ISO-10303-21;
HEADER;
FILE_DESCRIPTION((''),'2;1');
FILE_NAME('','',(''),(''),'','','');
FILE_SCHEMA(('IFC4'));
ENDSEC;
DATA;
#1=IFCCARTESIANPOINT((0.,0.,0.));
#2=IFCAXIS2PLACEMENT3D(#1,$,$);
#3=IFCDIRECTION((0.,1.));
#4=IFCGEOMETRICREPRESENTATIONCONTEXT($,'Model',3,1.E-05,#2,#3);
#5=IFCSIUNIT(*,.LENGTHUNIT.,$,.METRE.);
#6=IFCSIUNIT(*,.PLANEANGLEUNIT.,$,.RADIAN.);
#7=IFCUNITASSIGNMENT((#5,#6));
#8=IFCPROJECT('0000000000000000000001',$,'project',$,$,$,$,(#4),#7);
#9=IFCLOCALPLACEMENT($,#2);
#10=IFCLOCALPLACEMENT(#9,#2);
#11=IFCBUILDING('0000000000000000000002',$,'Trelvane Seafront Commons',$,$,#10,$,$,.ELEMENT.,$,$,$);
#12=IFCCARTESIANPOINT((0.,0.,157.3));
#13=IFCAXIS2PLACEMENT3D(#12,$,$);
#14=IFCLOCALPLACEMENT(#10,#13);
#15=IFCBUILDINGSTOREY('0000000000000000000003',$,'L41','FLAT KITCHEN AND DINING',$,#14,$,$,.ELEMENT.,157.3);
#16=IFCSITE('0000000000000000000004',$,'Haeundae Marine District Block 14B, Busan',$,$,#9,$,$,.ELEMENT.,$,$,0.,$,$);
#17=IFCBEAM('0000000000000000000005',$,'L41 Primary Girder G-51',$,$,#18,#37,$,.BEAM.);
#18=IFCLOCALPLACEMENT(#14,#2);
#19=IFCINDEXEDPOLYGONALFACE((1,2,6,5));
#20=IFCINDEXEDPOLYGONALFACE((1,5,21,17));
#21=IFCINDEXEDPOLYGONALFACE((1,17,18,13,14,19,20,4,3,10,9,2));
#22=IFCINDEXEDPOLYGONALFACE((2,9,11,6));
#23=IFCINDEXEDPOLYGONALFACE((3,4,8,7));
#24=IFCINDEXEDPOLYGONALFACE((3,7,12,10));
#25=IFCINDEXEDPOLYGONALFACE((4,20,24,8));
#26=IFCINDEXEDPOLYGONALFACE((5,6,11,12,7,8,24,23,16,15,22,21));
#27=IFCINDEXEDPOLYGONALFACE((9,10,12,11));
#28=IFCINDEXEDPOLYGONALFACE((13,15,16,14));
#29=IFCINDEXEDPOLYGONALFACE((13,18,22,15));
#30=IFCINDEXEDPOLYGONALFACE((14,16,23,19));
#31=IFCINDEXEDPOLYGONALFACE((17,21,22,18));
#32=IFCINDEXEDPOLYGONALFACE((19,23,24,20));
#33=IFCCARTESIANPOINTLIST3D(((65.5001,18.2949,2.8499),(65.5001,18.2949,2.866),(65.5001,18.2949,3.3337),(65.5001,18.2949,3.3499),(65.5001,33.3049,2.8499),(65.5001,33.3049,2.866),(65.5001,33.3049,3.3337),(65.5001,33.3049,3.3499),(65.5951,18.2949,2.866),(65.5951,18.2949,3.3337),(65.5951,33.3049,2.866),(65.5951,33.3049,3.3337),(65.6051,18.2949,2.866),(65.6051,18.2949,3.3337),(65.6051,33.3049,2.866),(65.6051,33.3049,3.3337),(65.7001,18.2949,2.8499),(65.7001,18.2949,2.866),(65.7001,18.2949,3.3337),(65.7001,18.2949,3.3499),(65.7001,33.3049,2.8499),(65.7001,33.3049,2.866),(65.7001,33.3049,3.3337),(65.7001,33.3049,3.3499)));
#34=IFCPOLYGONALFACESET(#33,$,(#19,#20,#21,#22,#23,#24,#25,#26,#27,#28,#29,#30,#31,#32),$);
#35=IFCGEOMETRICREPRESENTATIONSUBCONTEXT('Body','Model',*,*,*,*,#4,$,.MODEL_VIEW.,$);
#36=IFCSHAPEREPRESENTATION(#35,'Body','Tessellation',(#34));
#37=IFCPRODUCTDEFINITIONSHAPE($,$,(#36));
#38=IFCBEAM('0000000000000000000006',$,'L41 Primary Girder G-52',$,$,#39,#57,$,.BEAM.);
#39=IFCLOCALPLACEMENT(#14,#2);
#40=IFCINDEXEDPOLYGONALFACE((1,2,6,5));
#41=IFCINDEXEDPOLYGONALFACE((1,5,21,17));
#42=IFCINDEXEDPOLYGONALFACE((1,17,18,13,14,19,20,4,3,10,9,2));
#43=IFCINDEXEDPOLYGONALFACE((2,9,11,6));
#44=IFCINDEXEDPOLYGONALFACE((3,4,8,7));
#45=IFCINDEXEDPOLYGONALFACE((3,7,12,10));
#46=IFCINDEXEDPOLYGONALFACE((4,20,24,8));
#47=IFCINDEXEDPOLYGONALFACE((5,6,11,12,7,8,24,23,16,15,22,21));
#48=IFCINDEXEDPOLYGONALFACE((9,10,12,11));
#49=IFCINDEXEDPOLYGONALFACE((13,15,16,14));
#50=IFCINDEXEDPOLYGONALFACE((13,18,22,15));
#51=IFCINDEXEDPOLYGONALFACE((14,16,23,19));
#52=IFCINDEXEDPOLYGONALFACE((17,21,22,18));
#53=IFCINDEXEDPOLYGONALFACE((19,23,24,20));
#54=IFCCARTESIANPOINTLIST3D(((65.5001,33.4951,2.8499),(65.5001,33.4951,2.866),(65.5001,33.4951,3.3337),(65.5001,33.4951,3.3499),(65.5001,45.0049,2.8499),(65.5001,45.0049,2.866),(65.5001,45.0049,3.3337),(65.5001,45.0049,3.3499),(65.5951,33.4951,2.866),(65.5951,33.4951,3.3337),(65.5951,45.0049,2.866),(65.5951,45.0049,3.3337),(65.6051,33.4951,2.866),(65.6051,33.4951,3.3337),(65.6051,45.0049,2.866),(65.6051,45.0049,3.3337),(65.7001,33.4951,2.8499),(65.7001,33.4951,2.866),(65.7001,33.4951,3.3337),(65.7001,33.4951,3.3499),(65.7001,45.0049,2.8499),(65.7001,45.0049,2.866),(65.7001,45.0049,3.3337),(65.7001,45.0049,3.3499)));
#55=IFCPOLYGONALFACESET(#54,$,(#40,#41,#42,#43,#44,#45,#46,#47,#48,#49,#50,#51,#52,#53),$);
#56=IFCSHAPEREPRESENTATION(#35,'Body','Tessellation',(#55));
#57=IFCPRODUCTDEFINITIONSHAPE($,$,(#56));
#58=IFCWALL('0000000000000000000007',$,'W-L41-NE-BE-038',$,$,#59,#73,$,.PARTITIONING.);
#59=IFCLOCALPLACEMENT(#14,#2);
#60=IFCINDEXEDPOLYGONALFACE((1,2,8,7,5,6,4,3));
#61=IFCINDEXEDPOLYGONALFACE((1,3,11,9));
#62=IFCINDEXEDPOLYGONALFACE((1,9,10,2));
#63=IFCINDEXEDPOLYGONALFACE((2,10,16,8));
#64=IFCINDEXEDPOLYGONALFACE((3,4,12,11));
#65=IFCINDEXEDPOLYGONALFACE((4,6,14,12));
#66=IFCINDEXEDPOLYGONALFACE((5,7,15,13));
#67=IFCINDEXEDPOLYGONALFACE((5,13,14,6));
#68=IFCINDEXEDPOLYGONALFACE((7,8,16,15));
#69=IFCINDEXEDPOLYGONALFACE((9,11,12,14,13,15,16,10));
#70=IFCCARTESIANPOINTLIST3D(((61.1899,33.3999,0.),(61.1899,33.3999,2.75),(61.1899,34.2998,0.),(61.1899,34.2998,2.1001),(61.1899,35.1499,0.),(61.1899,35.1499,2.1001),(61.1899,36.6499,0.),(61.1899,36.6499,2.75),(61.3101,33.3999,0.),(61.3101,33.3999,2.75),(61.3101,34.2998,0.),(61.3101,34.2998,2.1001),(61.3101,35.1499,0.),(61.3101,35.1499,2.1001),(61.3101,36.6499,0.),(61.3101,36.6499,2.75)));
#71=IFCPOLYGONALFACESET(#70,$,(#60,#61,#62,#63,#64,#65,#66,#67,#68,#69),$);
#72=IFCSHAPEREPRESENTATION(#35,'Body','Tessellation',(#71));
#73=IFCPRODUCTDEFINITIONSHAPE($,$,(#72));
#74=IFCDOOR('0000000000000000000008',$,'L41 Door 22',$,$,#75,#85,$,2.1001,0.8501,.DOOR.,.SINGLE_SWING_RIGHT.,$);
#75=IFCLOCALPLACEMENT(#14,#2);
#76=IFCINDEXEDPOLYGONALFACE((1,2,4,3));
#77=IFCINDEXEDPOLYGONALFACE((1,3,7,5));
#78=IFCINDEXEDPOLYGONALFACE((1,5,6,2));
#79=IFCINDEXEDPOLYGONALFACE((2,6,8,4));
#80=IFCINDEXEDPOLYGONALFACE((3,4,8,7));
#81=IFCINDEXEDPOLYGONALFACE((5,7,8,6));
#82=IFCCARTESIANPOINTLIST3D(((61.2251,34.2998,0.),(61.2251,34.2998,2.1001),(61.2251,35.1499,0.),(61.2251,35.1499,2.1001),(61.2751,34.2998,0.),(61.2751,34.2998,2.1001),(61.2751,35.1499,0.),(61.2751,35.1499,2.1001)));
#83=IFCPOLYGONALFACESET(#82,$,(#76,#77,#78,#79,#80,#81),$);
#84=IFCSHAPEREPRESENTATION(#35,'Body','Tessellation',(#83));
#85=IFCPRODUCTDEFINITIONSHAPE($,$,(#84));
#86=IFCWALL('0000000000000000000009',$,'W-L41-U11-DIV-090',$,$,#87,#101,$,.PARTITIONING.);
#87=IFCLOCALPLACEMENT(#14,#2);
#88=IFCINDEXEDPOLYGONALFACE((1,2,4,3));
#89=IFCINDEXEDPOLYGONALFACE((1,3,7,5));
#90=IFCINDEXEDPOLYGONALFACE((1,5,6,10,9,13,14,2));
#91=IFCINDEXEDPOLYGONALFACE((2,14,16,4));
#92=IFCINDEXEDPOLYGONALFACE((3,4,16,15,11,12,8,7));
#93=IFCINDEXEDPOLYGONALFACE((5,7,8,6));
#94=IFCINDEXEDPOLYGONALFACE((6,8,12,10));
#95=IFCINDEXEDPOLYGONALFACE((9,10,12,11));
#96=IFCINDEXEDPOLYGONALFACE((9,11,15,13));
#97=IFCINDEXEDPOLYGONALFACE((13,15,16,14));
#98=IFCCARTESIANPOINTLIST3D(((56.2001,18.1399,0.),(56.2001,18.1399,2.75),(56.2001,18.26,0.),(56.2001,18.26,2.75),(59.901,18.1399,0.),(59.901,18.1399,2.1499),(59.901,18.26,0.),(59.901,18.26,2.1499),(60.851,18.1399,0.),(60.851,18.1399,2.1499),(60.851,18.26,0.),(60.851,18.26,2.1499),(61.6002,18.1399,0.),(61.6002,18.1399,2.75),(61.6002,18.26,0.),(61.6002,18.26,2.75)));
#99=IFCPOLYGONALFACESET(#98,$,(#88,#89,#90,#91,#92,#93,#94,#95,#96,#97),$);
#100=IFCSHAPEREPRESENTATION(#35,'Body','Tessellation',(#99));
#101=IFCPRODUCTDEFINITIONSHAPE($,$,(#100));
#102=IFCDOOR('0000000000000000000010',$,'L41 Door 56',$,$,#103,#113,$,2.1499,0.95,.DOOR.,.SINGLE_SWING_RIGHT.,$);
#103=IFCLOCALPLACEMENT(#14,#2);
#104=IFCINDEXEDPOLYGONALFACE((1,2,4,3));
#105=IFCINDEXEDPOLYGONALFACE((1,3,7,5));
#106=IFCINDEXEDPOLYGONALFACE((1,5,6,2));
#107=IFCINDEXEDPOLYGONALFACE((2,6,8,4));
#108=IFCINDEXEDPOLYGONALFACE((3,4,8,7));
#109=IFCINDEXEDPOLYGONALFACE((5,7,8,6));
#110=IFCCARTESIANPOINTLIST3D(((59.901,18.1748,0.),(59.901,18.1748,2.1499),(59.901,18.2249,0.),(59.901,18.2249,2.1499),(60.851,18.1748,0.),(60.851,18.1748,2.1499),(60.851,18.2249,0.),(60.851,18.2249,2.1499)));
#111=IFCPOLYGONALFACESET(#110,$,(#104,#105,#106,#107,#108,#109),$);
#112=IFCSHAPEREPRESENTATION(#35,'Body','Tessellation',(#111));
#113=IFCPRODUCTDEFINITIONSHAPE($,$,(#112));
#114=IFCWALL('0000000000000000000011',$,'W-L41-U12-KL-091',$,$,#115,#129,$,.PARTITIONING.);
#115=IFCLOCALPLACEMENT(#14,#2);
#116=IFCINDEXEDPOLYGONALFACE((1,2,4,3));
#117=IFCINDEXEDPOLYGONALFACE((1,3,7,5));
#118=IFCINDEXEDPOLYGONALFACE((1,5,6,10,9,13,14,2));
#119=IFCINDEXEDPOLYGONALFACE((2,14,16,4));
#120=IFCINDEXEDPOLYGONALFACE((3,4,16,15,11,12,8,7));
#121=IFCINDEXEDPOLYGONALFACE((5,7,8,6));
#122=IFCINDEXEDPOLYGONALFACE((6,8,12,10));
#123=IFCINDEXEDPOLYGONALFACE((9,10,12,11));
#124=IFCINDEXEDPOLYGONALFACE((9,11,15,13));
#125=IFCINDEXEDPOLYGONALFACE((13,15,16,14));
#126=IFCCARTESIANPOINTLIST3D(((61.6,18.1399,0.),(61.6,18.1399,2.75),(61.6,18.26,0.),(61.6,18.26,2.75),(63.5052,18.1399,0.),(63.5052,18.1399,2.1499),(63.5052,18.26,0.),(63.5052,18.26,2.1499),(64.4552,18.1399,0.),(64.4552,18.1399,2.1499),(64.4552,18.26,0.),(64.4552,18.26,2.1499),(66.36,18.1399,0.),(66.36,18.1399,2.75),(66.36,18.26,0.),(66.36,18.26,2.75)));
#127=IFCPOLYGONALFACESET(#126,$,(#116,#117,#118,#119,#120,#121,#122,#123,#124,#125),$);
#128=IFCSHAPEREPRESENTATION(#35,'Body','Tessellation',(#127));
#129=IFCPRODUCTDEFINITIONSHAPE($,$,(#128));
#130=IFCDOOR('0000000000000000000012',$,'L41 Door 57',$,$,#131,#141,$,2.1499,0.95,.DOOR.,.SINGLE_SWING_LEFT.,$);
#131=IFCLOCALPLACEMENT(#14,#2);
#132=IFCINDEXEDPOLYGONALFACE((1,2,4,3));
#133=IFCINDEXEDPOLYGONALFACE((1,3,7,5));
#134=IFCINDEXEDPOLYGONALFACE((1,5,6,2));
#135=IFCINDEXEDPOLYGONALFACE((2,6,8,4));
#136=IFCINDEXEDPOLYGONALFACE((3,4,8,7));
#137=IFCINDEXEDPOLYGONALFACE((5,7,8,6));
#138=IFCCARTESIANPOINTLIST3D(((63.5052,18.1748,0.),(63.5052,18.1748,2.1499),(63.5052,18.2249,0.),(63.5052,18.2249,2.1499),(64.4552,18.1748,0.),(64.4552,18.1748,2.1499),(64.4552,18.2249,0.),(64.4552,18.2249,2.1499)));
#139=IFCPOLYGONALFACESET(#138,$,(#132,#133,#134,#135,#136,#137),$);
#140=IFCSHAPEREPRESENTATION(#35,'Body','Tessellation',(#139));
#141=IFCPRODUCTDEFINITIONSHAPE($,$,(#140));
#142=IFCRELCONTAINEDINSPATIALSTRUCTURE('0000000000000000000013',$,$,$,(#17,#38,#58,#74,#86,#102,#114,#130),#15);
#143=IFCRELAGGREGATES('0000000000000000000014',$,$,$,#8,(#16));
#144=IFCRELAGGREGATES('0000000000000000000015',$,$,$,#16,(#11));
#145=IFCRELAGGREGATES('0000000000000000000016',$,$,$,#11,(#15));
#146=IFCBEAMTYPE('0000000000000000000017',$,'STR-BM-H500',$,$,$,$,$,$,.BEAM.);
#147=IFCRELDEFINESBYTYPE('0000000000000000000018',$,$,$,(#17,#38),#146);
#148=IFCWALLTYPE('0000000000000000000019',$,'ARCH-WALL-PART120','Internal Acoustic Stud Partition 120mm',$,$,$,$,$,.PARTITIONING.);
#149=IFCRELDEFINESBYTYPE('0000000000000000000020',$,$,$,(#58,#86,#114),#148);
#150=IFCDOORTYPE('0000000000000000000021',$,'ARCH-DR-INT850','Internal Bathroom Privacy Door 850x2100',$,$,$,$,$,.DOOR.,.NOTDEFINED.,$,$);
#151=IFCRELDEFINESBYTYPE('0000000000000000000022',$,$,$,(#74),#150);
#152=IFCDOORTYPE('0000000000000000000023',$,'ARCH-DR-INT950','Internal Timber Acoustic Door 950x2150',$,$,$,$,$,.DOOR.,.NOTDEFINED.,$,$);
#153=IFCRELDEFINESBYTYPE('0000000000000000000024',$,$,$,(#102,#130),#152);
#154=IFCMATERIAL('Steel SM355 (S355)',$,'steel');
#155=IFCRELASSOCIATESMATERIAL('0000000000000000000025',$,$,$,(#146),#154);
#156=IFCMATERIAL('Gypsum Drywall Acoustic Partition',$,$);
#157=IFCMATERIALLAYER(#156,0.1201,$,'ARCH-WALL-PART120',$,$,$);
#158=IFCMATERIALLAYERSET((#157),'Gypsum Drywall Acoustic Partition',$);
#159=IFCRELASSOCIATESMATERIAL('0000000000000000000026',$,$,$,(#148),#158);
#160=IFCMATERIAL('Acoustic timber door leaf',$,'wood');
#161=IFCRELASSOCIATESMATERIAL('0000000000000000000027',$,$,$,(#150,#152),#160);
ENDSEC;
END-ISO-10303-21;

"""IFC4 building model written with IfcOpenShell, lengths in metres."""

from ifc_helpers import new_model, si_unit, direction, frame, frame_2d, origin, origin_2d, place, context, subcontext, project, spatial, rectangle, i_section, extrude, source, transform, mapped, material, layer, layer_set, material_profile, profile_set, type_object, element, fill, save


model = new_model("IFC4")

# Units and contexts
model_context = context("Model", 3, precision=1e-05, world=origin(), true_north=direction((0.0, 1.0)))
body_context = subcontext(model_context, "Body", "Model", "MODEL_VIEW")
ifc_project = project(units=[si_unit("LENGTHUNIT", "METRE"), si_unit("PLANEANGLEUNIT", "RADIAN")], contexts=[model_context])

# Site, building, storey
site_placement = place(None, origin())
site = spatial("IfcSite", under=ifc_project, at=site_placement, Name="Haeundae Marine District Block 14B, Busan", CompositionType="ELEMENT", RefElevation=0.0)
building_placement = place(site_placement, origin())
building = spatial("IfcBuilding", under=site, at=building_placement, Name="Trelvane Seafront Commons", CompositionType="ELEMENT")
storey_placement = place(building_placement, frame((0.0, 0.0, 157.3)))
storey = spatial("IfcBuildingStorey", under=building, at=storey_placement, Name="L41", Description="FLAT KITCHEN AND DINING", CompositionType="ELEMENT", Elevation=157.3)

# Shared definitions
ifc_material_1 = material(Name="Steel SM355 (S355)", Category="steel")

# Beams
ifc_material_profile_1 = material_profile(ifc_material_1, i_section(OverallWidth=0.2, OverallDepth=0.5, WebThickness=0.01, FlangeThickness=0.0161, at=origin_2d()), Name="H-500x200x10x16")
ifc_profile_set_1 = profile_set([ifc_material_profile_1], Name="Steel SM355 (S355)")
beam_type_1 = type_object("IfcBeamType", Name="STR-BM-H500", PredefinedType="BEAM", material=ifc_profile_set_1)
shared_shape_1 = source(origin(), body_context, "Body", "SweptSolid", [
    extrude(i_section(OverallWidth=0.2, OverallDepth=0.5, WebThickness=0.01, FlangeThickness=0.0161, at=origin_2d()), origin(), (0.0, 0.0, 1.0), 15.01),
])
beam_1_placement = place(storey_placement, frame((65.6001, 18.2949, 3.0999), z_axis=(0.0, 1.0, 0.0), x_axis=(-1.0, 0.0, 0.0)))
element("IfcBeam", 1, at=beam_1_placement, inside=storey, type_object=beam_type_1, Name="L41 Primary Girder G-51", PredefinedType="BEAM", context=body_context, shape_type="MappedRepresentation", body=[
    mapped(shared_shape_1, transform((0.0, 0.0, 0.0), x_axis=(1.0, 0.0, 0.0), y_axis=(0.0, 1.0, 0.0), z_axis=(0.0, 0.0, 1.0), scale=1.0)),
])
shared_shape_2 = source(origin(), body_context, "Body", "SweptSolid", [
    extrude(i_section(OverallWidth=0.2, OverallDepth=0.5, WebThickness=0.01, FlangeThickness=0.0161, at=origin_2d()), origin(), (0.0, 0.0, 1.0), 11.5098),
])
beam_2_placement = place(storey_placement, frame((65.6001, 33.4951, 3.0999), z_axis=(0.0, 1.0, 0.0), x_axis=(-1.0, 0.0, 0.0)))
element("IfcBeam", 2, at=beam_2_placement, inside=storey, type_object=beam_type_1, Name="L41 Primary Girder G-52", PredefinedType="BEAM", context=body_context, shape_type="MappedRepresentation", body=[
    mapped(shared_shape_2, transform((0.0, 0.0, 0.0), x_axis=(1.0, 0.0, 0.0), y_axis=(0.0, 1.0, 0.0), z_axis=(0.0, 0.0, 1.0), scale=1.0)),
])

# Walls, openings, doors
ifc_material_2 = material(Name="Gypsum Drywall Acoustic Partition")
ifc_layer_1 = layer(ifc_material_2, 0.1201, Name="ARCH-WALL-PART120")
ifc_layer_set_1 = layer_set([ifc_layer_1], Name="Gypsum Drywall Acoustic Partition")
wall_type_1 = type_object("IfcWallType", Name="ARCH-WALL-PART120", Description="Internal Acoustic Stud Partition 120mm", PredefinedType="PARTITIONING", material=ifc_layer_set_1)
wall_1_placement = place(storey_placement, frame((61.25, 33.3999, 0.0), z_axis=(0.0, 0.0, 1.0), x_axis=(0.0, 1.0, 0.0)))
wall_1 = element("IfcWall", 3, at=wall_1_placement, inside=storey, type_object=wall_type_1, Name="W-L41-NE-BE-038", PredefinedType="PARTITIONING", context=body_context, shape_type="SweptSolid", body=[
    extrude(rectangle(XDim=3.25, YDim=0.1201, at=frame_2d((1.625, 0.0))), origin(), (0.0, 0.0, 1.0), 2.75),
])
opening_1_placement = place(wall_1_placement, frame((0.8999, 0.0, 0.0)))
opening_1 = element("IfcOpeningElement", 4, at=opening_1_placement, cuts=wall_1, PredefinedType="OPENING", context=body_context, shape_type="SweptSolid", body=[
    extrude(rectangle(XDim=0.8501, YDim=2.1001, at=frame_2d((0.425, 1.05))), frame((0.0, 0.0701, 0.0), z_axis=(0.0, -1.0, 0.0), x_axis=(1.0, 0.0, 0.0)), (0.0, 0.0, 1.0), 0.1401),
])
ifc_material_3 = material(Name="Acoustic timber door leaf", Category="wood")
door_type_1 = type_object("IfcDoorType", Name="ARCH-DR-INT850", Description="Internal Bathroom Privacy Door 850x2100", OperationType="NOTDEFINED", PredefinedType="DOOR", material=ifc_material_3)
shared_shape_3 = source(origin(), body_context, "Body", "SweptSolid", [
    extrude(rectangle(XDim=0.8501, YDim=2.1001, at=frame_2d((0.425, 1.05))), frame((0.0, 0.0249, 0.0), z_axis=(0.0, -1.0, 0.0), x_axis=(1.0, 0.0, 0.0)), (0.0, 0.0, 1.0), 0.05),
])
door_1_placement = place(opening_1_placement, origin())
door_1 = element("IfcDoor", 5, at=door_1_placement, inside=storey, type_object=door_type_1, Name="L41 Door 22", OperationType="SINGLE_SWING_RIGHT", OverallHeight=2.1001, OverallWidth=0.8501, PredefinedType="DOOR", context=body_context, shape_type="MappedRepresentation", body=[
    mapped(shared_shape_3, transform((0.0, 0.0, 0.0), x_axis=(1.0, 0.0, 0.0), y_axis=(0.0, 1.0, 0.0), z_axis=(0.0, 0.0, 1.0), scale=1.0)),
])
fill(opening_1, door_1)
wall_2_placement = place(storey_placement, frame((56.2, 18.2, 0.0), z_axis=(0.0, 0.0, 1.0), x_axis=(1.0, 0.0, 0.0)))
wall_2 = element("IfcWall", 6, at=wall_2_placement, inside=storey, type_object=wall_type_1, Name="W-L41-U11-DIV-090", PredefinedType="PARTITIONING", context=body_context, shape_type="SweptSolid", body=[
    extrude(rectangle(XDim=5.4001, YDim=0.1201, at=frame_2d((2.7002, 0.0))), origin(), (0.0, 0.0, 1.0), 2.75),
])
opening_2_placement = place(wall_2_placement, frame((3.7009, 0.0, 0.0)))
opening_2 = element("IfcOpeningElement", 7, at=opening_2_placement, cuts=wall_2, PredefinedType="OPENING", context=body_context, shape_type="SweptSolid", body=[
    extrude(rectangle(XDim=0.95, YDim=2.1499, at=frame_2d((0.4751, 1.075))), frame((0.0, 0.0701, 0.0), z_axis=(0.0, -1.0, 0.0), x_axis=(1.0, 0.0, 0.0)), (0.0, 0.0, 1.0), 0.1401),
])
door_type_2 = type_object("IfcDoorType", Name="ARCH-DR-INT950", Description="Internal Timber Acoustic Door 950x2150", OperationType="NOTDEFINED", PredefinedType="DOOR", material=ifc_material_3)
shared_shape_4 = source(origin(), body_context, "Body", "SweptSolid", [
    extrude(rectangle(XDim=0.95, YDim=2.1499, at=frame_2d((0.4751, 1.075))), frame((0.0, 0.0249, 0.0), z_axis=(0.0, -1.0, 0.0), x_axis=(1.0, 0.0, 0.0)), (0.0, 0.0, 1.0), 0.05),
])
door_2_placement = place(opening_2_placement, origin())
door_2 = element("IfcDoor", 8, at=door_2_placement, inside=storey, type_object=door_type_2, Name="L41 Door 56", OperationType="SINGLE_SWING_RIGHT", OverallHeight=2.1499, OverallWidth=0.95, PredefinedType="DOOR", context=body_context, shape_type="MappedRepresentation", body=[
    mapped(shared_shape_4, transform((0.0, 0.0, 0.0), x_axis=(1.0, 0.0, 0.0), y_axis=(0.0, 1.0, 0.0), z_axis=(0.0, 0.0, 1.0), scale=1.0)),
])
fill(opening_2, door_2)
wall_3_placement = place(storey_placement, frame((61.6001, 18.2, 0.0), z_axis=(0.0, 0.0, 1.0), x_axis=(1.0, 0.0, 0.0)))
wall_3 = element("IfcWall", 9, at=wall_3_placement, inside=storey, type_object=wall_type_1, Name="W-L41-U12-KL-091", PredefinedType="PARTITIONING", context=body_context, shape_type="SweptSolid", body=[
    extrude(rectangle(XDim=4.76, YDim=0.1201, at=frame_2d((2.3799, 0.0))), origin(), (0.0, 0.0, 1.0), 2.75),
])
opening_3_placement = place(wall_3_placement, frame((1.905, 0.0, 0.0)))
opening_3 = element("IfcOpeningElement", 10, at=opening_3_placement, cuts=wall_3, PredefinedType="OPENING", context=body_context, shape_type="SweptSolid", body=[
    extrude(rectangle(XDim=0.95, YDim=2.1499, at=frame_2d((0.4751, 1.075))), frame((0.0, 0.0701, 0.0), z_axis=(0.0, -1.0, 0.0), x_axis=(1.0, 0.0, 0.0)), (0.0, 0.0, 1.0), 0.1401),
])
door_3_placement = place(opening_3_placement, origin())
door_3 = element("IfcDoor", 11, at=door_3_placement, inside=storey, type_object=door_type_2, Name="L41 Door 57", OperationType="SINGLE_SWING_LEFT", OverallHeight=2.1499, OverallWidth=0.95, PredefinedType="DOOR", context=body_context, shape_type="MappedRepresentation", body=[
    mapped(shared_shape_4, transform((0.0, 0.0, 0.0), x_axis=(1.0, 0.0, 0.0), y_axis=(0.0, 1.0, 0.0), z_axis=(0.0, 0.0, 1.0), scale=1.0)),
])
fill(opening_3, door_3)

save(model, "model.ifc")
